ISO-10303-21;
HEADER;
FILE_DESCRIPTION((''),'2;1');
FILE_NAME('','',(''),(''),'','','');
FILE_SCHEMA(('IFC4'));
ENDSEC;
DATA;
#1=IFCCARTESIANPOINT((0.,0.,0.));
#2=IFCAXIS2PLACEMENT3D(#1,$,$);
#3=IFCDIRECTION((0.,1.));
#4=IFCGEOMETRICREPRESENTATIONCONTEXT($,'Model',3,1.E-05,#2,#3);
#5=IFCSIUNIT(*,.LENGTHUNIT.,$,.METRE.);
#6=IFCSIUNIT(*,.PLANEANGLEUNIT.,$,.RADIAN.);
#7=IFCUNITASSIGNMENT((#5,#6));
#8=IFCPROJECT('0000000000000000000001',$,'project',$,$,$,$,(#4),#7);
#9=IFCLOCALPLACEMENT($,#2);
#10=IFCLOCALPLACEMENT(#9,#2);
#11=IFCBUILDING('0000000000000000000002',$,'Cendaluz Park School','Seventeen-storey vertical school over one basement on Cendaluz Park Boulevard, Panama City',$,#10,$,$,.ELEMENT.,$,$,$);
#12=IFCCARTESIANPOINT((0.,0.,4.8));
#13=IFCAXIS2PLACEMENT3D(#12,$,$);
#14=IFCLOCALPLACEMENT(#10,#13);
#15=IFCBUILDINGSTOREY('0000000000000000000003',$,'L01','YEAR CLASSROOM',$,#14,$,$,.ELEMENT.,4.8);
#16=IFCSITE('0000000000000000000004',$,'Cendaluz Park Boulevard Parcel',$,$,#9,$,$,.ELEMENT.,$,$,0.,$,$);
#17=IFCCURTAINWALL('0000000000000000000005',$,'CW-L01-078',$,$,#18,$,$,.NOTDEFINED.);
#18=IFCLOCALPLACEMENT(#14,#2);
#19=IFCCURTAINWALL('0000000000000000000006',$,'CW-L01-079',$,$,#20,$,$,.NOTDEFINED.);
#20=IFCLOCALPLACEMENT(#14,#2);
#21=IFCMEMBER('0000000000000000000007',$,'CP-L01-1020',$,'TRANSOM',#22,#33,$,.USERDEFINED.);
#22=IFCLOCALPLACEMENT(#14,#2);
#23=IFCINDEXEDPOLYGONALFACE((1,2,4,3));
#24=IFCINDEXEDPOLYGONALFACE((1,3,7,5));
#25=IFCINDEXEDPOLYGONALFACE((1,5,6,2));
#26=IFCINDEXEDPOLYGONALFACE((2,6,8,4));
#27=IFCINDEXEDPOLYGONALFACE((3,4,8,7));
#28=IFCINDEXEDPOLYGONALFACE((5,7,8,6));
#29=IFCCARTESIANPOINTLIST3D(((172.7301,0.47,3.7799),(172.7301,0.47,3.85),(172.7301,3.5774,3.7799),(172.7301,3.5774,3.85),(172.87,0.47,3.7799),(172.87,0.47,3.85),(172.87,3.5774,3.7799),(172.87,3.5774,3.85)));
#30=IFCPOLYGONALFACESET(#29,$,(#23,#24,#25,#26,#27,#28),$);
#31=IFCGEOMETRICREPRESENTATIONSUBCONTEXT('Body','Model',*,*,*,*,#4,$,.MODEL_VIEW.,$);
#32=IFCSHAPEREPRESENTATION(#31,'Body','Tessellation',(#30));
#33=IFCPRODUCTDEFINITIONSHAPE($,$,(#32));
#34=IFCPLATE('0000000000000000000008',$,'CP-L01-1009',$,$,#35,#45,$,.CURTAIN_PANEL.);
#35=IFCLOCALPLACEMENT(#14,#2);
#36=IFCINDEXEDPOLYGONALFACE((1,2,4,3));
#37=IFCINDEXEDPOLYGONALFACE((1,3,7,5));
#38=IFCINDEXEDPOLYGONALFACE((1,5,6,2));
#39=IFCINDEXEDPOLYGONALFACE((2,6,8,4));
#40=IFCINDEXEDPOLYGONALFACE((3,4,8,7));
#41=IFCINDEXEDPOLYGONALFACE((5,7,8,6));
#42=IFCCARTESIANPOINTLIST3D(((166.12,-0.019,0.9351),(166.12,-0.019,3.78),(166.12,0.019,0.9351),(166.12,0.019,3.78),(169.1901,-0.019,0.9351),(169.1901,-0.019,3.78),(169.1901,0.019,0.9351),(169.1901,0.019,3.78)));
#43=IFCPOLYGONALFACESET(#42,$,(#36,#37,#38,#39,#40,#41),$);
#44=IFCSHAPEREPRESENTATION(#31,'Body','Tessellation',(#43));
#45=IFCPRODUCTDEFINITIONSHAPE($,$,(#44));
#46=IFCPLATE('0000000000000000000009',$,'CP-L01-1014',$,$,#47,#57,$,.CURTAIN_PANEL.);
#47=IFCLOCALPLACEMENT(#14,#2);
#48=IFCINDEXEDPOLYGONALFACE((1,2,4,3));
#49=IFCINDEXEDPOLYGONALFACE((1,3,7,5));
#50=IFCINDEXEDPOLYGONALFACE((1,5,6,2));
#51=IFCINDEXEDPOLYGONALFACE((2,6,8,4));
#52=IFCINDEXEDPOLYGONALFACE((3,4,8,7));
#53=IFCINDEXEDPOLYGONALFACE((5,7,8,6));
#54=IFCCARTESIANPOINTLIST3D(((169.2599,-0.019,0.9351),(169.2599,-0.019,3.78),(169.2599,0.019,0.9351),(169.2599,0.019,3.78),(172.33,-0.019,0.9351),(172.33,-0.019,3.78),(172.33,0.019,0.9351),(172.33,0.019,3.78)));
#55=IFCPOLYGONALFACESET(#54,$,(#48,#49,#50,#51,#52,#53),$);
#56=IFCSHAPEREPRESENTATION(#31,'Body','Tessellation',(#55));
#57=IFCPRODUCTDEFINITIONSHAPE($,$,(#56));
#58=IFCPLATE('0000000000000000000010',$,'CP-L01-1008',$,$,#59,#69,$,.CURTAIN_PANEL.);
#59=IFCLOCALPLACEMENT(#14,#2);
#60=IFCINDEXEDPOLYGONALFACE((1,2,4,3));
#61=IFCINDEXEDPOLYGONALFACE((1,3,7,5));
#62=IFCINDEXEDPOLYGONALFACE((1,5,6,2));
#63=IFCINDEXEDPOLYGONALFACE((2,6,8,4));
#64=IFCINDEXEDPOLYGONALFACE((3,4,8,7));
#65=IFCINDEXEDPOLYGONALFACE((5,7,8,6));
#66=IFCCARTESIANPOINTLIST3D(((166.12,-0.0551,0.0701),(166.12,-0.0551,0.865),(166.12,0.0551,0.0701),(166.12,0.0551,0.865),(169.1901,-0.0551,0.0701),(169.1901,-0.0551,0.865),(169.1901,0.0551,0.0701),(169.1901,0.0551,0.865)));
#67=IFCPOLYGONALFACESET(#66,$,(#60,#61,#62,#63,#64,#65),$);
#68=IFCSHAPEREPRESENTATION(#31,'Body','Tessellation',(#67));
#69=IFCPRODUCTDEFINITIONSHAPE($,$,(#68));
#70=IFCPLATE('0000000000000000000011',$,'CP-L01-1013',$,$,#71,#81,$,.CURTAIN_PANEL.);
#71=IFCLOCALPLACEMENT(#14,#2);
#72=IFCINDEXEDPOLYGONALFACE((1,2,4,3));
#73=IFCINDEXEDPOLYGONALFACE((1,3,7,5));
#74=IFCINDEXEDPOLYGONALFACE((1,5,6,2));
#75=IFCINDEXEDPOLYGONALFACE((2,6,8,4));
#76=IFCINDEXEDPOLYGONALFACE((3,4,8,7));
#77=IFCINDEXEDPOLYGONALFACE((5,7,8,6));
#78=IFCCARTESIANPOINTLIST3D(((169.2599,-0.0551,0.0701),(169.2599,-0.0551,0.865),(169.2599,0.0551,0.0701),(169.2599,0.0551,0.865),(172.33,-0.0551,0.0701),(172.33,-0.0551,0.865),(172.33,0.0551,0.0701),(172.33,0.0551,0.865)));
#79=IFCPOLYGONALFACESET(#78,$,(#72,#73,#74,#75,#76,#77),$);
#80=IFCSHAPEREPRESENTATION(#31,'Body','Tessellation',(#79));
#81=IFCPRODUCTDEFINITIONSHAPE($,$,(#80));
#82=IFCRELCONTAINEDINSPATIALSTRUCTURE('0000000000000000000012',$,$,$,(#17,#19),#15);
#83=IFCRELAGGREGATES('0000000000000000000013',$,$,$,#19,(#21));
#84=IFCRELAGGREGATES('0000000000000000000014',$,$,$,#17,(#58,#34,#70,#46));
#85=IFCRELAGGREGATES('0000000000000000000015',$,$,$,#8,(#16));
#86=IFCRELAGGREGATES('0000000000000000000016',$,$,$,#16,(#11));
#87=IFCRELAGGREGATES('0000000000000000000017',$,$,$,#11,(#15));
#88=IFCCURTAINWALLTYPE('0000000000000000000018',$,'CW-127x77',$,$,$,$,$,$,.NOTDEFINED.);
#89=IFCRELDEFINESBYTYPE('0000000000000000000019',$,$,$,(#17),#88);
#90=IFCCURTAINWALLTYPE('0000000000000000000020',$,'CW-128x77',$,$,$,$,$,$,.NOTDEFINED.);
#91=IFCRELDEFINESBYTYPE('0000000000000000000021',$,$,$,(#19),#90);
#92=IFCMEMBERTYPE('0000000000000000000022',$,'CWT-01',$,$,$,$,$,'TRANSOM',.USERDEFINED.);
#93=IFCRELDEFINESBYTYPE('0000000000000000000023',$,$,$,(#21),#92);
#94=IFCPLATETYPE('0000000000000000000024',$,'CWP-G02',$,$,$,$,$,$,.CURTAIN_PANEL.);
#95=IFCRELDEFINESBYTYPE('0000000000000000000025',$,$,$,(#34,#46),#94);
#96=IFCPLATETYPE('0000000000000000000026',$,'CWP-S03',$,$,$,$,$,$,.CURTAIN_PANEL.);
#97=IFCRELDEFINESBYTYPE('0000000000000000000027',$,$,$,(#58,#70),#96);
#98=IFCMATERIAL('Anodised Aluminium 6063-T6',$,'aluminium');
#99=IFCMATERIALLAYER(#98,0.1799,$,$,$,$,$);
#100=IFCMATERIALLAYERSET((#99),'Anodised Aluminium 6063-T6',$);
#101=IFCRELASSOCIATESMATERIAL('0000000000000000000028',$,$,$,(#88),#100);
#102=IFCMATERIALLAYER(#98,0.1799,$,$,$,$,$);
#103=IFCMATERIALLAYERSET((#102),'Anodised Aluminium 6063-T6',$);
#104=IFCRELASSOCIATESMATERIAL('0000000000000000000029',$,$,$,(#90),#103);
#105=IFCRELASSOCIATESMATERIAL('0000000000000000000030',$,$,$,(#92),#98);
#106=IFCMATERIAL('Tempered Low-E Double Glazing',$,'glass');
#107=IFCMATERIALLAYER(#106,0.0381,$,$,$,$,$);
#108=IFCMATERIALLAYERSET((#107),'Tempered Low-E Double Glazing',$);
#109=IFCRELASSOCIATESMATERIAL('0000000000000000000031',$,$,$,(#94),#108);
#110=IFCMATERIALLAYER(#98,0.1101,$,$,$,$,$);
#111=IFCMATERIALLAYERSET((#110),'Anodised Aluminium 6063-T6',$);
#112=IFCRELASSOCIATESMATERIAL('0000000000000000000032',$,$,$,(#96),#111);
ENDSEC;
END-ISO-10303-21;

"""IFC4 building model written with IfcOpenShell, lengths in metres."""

from ifc_helpers import new_model, si_unit, direction, frame, origin, origin_2d, place, context, subcontext, project, spatial, rectangle, extrude, material, layer, layer_set, material_profile, profile_set, type_object, element, aggregate, save


model = new_model("IFC4")

# Units and contexts
model_context = context("Model", 3, precision=1e-05, world=origin(), true_north=direction((0.0, 1.0)))
body_context = subcontext(model_context, "Body", "Model", "MODEL_VIEW")
ifc_project = project(units=[si_unit("LENGTHUNIT", "METRE"), si_unit("PLANEANGLEUNIT", "RADIAN")], contexts=[model_context])

# Site, building, storey
site_placement = place(None, origin())
site = spatial("IfcSite", under=ifc_project, at=site_placement, Name="Cendaluz Park Boulevard Parcel", CompositionType="ELEMENT", RefElevation=0.0)
building_placement = place(site_placement, origin())
building = spatial("IfcBuilding", under=site, at=building_placement, Name="Cendaluz Park School", Description="Seventeen-storey vertical school over one basement on Cendaluz Park Boulevard, Panama City", CompositionType="ELEMENT")
storey_placement = place(building_placement, frame((0.0, 0.0, 4.8)))
storey = spatial("IfcBuildingStorey", under=building, at=storey_placement, Name="L01", Description="YEAR CLASSROOM", CompositionType="ELEMENT", Elevation=4.8)

# Curtain wall
ifc_material_1 = material(Name="Anodised Aluminium 6063-T6", Category="aluminium")
ifc_layer_1 = layer(ifc_material_1, 0.1799)
ifc_layer_set_1 = layer_set([ifc_layer_1], Name="Anodised Aluminium 6063-T6")
curtain_wall_type_1 = type_object("IfcCurtainWallType", Name="CW-127x77", PredefinedType="NOTDEFINED", material=ifc_layer_set_1)
curtain_wall_1_placement = place(storey_placement, origin())
curtain_wall_1 = element("IfcCurtainWall", 1, at=curtain_wall_1_placement, inside=storey, type_object=curtain_wall_type_1, Name="CW-L01-078", PredefinedType="NOTDEFINED")

# Curtain wall
ifc_layer_2 = layer(ifc_material_1, 0.1799)
ifc_layer_set_2 = layer_set([ifc_layer_2], Name="Anodised Aluminium 6063-T6")
curtain_wall_type_2 = type_object("IfcCurtainWallType", Name="CW-128x77", PredefinedType="NOTDEFINED", material=ifc_layer_set_2)
curtain_wall_2_placement = place(storey_placement, origin())
curtain_wall_2 = element("IfcCurtainWall", 2, at=curtain_wall_2_placement, inside=storey, type_object=curtain_wall_type_2, Name="CW-L01-079", PredefinedType="NOTDEFINED")

# Member
ifc_material_profile_1 = material_profile(ifc_material_1, rectangle(XDim=0.1399, YDim=0.0701, at=origin_2d()), Name="CWT 140x70", Category="aluminium")
ifc_profile_set_1 = profile_set([ifc_material_profile_1], Name="Anodised Aluminium 6063-T6")
member_type_1 = type_object("IfcMemberType", Name="CWT-01", ElementType="TRANSOM", PredefinedType="USERDEFINED", material=ifc_profile_set_1)
member_1_placement = place(storey_placement, frame((172.8, 0.47, 3.8149), z_axis=(0.0, 1.0, 0.0), x_axis=(-1.0, 0.0, 0.0)))
member_1 = element("IfcMember", 3, at=member_1_placement, type_object=member_type_1, Name="CP-L01-1020", ObjectType="TRANSOM", PredefinedType="USERDEFINED", context=body_context, shape_type="SweptSolid", body=[
    extrude(rectangle(XDim=0.1399, YDim=0.0701, at=origin_2d()), origin(), (0.0, 0.0, 1.0), 3.1074),
])
aggregate(curtain_wall_2, [member_1])

# Plates
ifc_material_2 = material(Name="Tempered Low-E Double Glazing", Category="glass")
ifc_layer_3 = layer(ifc_material_2, 0.0381)
ifc_layer_set_3 = layer_set([ifc_layer_3], Name="Tempered Low-E Double Glazing")
plate_type_1 = type_object("IfcPlateType", Name="CWP-G02", PredefinedType="CURTAIN_PANEL", material=ifc_layer_set_3)
plate_1_placement = place(storey_placement, frame((167.655, 0.0, 0.9351), z_axis=(0.0, 0.0, 1.0), x_axis=(1.0, 0.0, 0.0)))
plate_1 = element("IfcPlate", 4, at=plate_1_placement, type_object=plate_type_1, Name="CP-L01-1009", PredefinedType="CURTAIN_PANEL", context=body_context, shape_type="SweptSolid", body=[
    extrude(rectangle(XDim=3.0701, YDim=0.0381, at=origin_2d()), origin(), (0.0, 0.0, 1.0), 2.845),
])
plate_2_placement = place(storey_placement, frame((170.7949, 0.0, 0.9351), z_axis=(0.0, 0.0, 1.0), x_axis=(1.0, 0.0, 0.0)))
plate_2 = element("IfcPlate", 5, at=plate_2_placement, type_object=plate_type_1, Name="CP-L01-1014", PredefinedType="CURTAIN_PANEL", context=body_context, shape_type="SweptSolid", body=[
    extrude(rectangle(XDim=3.0701, YDim=0.0381, at=origin_2d()), origin(), (0.0, 0.0, 1.0), 2.845),
])
ifc_layer_4 = layer(ifc_material_1, 0.1101)
ifc_layer_set_4 = layer_set([ifc_layer_4], Name="Anodised Aluminium 6063-T6")
plate_type_2 = type_object("IfcPlateType", Name="CWP-S03", PredefinedType="CURTAIN_PANEL", material=ifc_layer_set_4)
plate_3_placement = place(storey_placement, frame((167.655, 0.0, 0.0701), z_axis=(0.0, 0.0, 1.0), x_axis=(1.0, 0.0, 0.0)))
plate_3 = element("IfcPlate", 6, at=plate_3_placement, type_object=plate_type_2, Name="CP-L01-1008", PredefinedType="CURTAIN_PANEL", context=body_context, shape_type="SweptSolid", body=[
    extrude(rectangle(XDim=3.0701, YDim=0.1101, at=origin_2d()), origin(), (0.0, 0.0, 1.0), 0.7949),
])
plate_4_placement = place(storey_placement, frame((170.7949, 0.0, 0.0701), z_axis=(0.0, 0.0, 1.0), x_axis=(1.0, 0.0, 0.0)))
plate_4 = element("IfcPlate", 7, at=plate_4_placement, type_object=plate_type_2, Name="CP-L01-1013", PredefinedType="CURTAIN_PANEL", context=body_context, shape_type="SweptSolid", body=[
    extrude(rectangle(XDim=3.0701, YDim=0.1101, at=origin_2d()), origin(), (0.0, 0.0, 1.0), 0.7949),
])
aggregate(curtain_wall_1, [plate_3, plate_1, plate_4, plate_2])

save(model, "model.ifc")
